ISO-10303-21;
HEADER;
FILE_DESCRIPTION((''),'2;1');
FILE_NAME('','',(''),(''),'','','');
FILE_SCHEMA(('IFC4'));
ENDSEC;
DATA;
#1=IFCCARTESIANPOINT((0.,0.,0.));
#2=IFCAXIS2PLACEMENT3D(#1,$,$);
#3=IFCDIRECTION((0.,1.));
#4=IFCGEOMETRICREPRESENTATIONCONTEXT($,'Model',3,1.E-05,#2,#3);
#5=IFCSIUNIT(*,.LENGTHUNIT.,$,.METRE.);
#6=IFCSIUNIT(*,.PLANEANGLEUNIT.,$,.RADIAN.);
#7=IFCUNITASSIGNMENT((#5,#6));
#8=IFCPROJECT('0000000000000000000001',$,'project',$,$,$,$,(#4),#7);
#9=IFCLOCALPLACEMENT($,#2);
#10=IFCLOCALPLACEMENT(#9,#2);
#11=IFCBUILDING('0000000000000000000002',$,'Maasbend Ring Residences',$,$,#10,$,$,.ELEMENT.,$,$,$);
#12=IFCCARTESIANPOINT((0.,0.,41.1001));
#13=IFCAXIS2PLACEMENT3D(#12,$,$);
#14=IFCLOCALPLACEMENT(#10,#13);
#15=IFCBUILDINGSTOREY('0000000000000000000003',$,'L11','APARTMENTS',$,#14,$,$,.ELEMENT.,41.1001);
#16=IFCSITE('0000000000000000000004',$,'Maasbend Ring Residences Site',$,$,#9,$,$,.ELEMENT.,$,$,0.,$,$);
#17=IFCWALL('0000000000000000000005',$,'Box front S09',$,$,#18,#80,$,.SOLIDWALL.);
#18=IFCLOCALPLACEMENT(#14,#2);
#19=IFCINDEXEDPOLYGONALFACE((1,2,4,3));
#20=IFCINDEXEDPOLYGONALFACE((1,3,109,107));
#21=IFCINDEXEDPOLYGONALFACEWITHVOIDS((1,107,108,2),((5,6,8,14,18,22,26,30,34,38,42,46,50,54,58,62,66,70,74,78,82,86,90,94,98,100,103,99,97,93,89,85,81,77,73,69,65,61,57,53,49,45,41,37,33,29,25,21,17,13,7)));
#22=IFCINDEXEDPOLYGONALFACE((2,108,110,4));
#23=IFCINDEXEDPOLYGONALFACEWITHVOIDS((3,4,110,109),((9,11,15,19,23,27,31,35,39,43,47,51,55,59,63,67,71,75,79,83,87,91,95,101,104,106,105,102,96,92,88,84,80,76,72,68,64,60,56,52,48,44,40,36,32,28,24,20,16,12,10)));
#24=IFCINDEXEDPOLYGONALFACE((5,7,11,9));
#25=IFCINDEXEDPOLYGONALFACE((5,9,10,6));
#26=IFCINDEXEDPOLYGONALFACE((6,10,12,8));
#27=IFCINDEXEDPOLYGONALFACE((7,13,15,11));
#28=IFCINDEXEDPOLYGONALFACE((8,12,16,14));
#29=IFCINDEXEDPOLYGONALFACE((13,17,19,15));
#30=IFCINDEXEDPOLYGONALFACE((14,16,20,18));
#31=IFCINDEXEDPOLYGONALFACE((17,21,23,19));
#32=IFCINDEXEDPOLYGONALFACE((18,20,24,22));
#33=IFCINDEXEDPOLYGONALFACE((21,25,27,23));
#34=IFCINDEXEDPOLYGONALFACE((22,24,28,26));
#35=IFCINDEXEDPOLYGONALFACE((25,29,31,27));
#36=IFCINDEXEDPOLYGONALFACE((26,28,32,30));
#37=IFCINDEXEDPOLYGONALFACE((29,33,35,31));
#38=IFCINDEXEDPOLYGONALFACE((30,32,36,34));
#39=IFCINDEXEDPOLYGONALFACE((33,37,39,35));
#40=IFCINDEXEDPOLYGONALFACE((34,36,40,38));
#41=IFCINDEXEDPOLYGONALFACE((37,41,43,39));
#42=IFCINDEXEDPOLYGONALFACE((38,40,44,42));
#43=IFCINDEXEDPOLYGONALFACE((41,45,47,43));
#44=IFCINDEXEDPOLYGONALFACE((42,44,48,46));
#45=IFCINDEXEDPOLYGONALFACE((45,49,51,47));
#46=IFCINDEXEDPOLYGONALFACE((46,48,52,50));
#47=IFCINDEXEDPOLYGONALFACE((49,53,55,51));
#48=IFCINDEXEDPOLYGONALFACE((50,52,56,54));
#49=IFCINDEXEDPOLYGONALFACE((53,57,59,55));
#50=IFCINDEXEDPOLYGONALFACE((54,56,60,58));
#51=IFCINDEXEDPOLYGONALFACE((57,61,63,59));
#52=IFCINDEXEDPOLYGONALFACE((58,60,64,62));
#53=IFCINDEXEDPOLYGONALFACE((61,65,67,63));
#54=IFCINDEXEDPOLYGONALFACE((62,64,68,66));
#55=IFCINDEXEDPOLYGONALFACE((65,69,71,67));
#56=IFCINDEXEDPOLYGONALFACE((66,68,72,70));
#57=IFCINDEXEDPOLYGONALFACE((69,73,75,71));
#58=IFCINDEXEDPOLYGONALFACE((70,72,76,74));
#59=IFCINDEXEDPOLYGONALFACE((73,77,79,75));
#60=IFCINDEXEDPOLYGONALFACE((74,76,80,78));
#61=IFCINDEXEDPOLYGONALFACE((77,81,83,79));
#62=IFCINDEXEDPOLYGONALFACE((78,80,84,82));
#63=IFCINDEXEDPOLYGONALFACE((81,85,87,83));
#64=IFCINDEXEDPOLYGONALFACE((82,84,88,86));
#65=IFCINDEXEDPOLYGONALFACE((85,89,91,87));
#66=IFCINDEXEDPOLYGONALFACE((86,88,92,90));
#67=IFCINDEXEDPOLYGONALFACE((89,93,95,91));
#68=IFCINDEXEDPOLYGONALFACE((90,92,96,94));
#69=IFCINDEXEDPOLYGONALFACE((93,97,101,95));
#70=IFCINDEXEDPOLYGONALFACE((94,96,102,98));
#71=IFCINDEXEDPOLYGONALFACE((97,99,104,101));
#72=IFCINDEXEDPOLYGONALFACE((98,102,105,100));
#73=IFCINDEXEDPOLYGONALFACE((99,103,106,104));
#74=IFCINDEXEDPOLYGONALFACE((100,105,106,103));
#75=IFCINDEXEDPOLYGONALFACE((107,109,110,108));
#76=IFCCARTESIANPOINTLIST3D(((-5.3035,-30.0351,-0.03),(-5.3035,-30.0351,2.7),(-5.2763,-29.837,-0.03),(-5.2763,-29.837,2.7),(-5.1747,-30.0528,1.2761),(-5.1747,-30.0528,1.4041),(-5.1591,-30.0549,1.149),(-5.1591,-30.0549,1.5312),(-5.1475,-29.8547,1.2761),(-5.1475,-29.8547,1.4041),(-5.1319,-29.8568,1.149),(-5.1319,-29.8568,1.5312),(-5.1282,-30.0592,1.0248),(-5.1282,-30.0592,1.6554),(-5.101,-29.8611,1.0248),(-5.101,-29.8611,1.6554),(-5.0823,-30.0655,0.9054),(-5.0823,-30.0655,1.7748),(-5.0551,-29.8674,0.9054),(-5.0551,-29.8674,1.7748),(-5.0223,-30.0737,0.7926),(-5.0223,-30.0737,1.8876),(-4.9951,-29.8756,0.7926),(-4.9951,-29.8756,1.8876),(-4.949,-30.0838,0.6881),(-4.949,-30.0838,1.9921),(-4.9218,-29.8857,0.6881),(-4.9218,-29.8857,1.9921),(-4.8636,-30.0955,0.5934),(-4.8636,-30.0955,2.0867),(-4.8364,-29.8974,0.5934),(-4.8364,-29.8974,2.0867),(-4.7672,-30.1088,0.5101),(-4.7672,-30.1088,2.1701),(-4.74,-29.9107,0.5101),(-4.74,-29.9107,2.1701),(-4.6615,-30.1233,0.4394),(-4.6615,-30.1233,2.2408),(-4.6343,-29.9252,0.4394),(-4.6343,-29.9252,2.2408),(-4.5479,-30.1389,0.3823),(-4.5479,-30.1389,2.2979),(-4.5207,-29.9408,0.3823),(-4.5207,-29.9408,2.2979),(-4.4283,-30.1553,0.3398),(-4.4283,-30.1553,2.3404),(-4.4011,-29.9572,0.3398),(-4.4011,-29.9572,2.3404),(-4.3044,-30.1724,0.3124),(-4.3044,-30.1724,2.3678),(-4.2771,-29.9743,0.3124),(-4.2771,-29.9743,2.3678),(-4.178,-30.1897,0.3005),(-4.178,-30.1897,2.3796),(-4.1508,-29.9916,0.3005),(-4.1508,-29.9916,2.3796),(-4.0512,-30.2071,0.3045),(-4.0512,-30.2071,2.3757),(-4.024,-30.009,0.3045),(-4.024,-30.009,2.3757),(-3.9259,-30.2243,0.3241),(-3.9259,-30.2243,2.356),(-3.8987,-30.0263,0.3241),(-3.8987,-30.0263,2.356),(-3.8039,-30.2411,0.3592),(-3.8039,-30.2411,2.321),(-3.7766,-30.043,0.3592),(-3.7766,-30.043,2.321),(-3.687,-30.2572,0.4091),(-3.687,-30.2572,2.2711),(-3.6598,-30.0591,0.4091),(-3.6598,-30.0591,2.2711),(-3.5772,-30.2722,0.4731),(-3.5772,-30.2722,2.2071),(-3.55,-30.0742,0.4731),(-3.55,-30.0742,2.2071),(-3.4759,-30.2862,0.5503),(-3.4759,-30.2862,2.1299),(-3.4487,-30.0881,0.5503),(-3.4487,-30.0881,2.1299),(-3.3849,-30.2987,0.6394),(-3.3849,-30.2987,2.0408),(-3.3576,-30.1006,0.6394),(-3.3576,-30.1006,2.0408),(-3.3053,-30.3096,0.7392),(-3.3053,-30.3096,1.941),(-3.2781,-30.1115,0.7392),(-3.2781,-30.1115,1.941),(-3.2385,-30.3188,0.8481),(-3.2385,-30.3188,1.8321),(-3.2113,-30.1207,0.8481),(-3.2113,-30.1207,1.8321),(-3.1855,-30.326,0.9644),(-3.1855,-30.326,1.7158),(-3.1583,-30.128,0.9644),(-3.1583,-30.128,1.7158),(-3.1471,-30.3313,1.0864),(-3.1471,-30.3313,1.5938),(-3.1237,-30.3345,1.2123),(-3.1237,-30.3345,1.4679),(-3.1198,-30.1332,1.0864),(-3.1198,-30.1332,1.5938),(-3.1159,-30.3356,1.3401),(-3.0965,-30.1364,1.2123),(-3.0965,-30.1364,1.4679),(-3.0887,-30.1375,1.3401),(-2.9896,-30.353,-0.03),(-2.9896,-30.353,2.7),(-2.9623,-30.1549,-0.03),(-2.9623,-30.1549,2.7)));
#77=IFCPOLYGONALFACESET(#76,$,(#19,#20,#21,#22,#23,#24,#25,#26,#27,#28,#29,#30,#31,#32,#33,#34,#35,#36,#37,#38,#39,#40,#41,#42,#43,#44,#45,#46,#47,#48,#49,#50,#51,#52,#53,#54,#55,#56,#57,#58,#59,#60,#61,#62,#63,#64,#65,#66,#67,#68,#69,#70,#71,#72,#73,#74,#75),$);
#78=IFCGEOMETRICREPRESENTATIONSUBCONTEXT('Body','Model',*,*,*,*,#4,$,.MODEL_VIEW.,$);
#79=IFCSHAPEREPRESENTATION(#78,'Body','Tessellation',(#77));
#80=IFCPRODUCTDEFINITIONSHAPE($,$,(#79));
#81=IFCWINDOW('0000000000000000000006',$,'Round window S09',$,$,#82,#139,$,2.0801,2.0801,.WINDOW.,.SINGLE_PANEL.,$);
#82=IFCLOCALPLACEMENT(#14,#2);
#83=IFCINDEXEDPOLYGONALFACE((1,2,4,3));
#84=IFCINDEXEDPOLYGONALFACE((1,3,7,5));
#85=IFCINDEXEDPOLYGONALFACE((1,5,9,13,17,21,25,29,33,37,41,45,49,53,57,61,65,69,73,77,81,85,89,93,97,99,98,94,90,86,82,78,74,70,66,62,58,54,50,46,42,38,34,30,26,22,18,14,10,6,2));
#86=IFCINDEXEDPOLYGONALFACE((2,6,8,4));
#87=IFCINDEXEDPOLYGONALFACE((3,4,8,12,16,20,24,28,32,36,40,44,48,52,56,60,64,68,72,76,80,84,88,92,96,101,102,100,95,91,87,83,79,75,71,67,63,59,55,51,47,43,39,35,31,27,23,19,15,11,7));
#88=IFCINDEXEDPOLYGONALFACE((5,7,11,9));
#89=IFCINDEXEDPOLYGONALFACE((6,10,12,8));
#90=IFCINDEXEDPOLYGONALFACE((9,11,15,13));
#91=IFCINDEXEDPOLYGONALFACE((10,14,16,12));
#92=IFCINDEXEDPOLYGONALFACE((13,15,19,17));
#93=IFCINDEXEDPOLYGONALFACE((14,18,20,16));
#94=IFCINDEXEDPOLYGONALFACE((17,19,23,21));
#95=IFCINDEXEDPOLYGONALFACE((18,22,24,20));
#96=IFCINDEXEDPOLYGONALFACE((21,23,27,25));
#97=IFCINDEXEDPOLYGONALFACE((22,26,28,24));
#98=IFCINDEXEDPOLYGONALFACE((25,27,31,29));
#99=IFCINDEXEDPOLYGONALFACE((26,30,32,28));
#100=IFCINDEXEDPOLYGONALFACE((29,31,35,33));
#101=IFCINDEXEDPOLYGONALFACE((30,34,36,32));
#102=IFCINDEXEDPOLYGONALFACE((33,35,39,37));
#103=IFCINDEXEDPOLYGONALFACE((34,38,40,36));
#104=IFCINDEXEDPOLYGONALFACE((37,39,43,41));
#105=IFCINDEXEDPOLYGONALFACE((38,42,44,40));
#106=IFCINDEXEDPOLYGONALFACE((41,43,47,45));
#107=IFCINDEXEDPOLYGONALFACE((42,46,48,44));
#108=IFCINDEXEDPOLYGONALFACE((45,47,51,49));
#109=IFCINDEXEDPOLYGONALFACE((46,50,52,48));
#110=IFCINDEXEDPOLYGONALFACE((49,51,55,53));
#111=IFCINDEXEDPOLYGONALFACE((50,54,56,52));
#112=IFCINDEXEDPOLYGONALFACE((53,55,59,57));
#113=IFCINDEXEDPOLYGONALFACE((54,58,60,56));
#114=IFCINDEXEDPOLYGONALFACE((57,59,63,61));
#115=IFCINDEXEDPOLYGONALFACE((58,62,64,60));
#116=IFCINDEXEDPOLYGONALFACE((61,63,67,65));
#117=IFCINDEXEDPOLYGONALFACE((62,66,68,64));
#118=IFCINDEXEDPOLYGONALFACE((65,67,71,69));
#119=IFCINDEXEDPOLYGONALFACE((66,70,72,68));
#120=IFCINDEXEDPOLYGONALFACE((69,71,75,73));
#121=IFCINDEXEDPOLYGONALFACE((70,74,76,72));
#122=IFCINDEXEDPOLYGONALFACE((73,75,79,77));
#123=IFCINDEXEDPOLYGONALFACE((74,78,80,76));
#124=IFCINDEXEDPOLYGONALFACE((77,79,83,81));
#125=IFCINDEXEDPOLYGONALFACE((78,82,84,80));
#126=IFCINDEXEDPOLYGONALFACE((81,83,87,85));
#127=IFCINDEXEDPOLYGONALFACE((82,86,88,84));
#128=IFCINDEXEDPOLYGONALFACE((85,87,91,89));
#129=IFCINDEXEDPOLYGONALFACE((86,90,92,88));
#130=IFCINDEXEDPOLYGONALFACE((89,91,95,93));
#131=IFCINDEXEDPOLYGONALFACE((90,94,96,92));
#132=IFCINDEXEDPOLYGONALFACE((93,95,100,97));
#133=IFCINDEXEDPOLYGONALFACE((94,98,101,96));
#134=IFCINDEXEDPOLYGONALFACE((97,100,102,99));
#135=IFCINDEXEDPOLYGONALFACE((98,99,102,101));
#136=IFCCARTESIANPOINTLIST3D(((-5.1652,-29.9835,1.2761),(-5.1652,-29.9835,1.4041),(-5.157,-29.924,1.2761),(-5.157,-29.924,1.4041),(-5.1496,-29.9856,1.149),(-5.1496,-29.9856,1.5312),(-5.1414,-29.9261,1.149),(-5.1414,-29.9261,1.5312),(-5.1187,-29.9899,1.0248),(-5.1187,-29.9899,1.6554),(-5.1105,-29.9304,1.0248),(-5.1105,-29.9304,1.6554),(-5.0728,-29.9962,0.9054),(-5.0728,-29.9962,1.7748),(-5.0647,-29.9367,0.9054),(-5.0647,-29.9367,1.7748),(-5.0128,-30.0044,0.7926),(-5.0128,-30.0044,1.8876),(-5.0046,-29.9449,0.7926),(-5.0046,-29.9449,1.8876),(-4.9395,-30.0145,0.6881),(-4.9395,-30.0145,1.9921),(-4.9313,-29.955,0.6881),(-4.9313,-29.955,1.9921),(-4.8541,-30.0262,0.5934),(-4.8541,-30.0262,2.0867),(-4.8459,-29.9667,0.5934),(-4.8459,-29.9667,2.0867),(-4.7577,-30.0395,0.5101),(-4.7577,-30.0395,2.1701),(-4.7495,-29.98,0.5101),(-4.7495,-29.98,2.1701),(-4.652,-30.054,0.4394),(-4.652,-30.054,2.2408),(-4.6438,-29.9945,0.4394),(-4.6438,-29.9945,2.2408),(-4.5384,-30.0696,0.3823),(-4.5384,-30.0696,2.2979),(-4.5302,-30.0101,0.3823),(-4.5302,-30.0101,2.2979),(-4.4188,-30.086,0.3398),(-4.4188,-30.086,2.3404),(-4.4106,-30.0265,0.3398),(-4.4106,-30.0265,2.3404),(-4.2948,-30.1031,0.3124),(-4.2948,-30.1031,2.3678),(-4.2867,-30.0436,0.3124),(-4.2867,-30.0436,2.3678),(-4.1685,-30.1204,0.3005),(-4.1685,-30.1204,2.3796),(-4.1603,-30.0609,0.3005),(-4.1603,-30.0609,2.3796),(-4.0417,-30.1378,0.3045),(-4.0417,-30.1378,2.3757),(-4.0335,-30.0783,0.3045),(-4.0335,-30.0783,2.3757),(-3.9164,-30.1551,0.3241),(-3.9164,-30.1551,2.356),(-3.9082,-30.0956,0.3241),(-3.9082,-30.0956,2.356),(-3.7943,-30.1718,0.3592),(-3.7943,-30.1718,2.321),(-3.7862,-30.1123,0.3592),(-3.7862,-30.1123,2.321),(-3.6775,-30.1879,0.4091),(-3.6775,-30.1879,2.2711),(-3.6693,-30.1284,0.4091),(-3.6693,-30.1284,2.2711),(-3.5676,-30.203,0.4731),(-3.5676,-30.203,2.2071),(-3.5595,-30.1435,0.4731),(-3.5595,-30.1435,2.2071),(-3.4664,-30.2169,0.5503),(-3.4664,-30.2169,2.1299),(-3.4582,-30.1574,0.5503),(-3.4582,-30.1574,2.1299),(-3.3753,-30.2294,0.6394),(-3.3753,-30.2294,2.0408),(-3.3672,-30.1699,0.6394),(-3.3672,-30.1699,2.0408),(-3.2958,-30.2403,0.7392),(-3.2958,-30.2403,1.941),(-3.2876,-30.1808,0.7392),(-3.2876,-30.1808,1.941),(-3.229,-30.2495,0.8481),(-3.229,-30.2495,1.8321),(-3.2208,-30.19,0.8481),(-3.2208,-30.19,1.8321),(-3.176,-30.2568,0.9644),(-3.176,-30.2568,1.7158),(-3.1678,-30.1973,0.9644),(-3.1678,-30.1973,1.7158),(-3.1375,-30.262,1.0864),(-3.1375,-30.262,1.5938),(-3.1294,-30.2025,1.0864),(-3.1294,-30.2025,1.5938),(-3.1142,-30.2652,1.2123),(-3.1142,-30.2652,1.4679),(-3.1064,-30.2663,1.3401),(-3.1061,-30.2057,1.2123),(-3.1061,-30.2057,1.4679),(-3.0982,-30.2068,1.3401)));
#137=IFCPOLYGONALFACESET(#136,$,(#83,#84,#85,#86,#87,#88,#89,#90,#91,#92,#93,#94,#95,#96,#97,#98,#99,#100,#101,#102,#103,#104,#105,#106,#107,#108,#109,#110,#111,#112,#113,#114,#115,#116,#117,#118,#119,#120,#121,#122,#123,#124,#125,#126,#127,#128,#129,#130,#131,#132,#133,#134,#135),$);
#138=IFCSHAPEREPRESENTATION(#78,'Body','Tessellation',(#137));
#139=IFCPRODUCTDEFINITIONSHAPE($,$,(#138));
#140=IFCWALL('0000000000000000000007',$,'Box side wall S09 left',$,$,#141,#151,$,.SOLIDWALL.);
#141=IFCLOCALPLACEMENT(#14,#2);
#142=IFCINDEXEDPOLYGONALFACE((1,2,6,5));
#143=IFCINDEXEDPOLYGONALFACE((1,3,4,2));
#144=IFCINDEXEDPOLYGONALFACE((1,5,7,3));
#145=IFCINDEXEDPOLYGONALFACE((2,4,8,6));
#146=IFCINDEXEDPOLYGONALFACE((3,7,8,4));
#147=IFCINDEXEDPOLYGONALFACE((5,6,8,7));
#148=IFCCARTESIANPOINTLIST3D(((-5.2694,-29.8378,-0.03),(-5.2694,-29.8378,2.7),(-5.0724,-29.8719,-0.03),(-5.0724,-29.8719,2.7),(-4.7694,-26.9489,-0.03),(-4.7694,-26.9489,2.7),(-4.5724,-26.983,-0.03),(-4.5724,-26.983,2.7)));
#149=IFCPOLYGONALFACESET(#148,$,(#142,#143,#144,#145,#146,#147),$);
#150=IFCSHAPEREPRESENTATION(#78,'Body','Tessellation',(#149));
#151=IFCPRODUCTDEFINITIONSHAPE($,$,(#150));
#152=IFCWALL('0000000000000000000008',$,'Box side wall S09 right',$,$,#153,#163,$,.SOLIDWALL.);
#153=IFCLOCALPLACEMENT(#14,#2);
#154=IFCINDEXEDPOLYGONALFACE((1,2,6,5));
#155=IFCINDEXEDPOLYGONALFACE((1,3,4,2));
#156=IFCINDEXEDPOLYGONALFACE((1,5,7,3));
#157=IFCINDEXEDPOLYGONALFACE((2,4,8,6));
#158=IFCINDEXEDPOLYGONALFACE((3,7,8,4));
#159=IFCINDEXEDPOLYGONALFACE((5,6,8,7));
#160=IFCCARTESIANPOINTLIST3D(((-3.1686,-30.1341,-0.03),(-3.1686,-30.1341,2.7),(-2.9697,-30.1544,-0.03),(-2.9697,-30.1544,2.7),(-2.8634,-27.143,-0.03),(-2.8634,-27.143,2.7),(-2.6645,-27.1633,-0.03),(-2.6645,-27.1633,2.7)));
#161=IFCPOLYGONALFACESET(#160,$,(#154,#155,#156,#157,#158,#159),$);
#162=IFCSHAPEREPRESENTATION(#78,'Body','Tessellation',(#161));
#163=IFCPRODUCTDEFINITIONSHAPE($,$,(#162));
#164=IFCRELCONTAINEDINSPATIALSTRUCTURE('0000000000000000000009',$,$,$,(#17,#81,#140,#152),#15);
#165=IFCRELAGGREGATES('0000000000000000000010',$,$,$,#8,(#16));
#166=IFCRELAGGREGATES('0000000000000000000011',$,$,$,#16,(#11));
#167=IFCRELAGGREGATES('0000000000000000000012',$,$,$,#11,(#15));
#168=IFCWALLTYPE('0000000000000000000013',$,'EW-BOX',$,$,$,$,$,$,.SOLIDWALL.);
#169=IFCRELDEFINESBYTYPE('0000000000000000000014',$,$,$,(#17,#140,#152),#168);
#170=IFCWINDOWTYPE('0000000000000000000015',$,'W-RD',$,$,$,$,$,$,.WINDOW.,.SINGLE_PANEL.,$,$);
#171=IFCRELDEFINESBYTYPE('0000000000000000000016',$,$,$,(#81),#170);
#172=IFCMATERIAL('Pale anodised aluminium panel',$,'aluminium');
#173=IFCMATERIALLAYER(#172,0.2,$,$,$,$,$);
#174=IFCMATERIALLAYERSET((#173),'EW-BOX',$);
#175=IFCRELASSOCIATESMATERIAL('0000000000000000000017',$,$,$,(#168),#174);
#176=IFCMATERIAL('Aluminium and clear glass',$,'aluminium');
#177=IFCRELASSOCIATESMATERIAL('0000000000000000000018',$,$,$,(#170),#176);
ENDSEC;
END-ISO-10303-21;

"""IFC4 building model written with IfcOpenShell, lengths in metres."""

from ifc_helpers import new_model, si_unit, direction, frame, frame_2d, origin, place, context, subcontext, project, spatial, rectangle, circle, extrude, material, layer, layer_set, type_object, element, fill, save


model = new_model("IFC4")

# Units and contexts
model_context = context("Model", 3, precision=1e-05, world=origin(), true_north=direction((0.0, 1.0)))
body_context = subcontext(model_context, "Body", "Model", "MODEL_VIEW")
ifc_project = project(units=[si_unit("LENGTHUNIT", "METRE"), si_unit("PLANEANGLEUNIT", "RADIAN")], contexts=[model_context])

# Site, building, storey
site_placement = place(None, origin())
site = spatial("IfcSite", under=ifc_project, at=site_placement, Name="Maasbend Ring Residences Site", CompositionType="ELEMENT", RefElevation=0.0)
building_placement = place(site_placement, origin())
building = spatial("IfcBuilding", under=site, at=building_placement, Name="Maasbend Ring Residences", CompositionType="ELEMENT")
storey_placement = place(building_placement, frame((0.0, 0.0, 41.1001)))
storey = spatial("IfcBuildingStorey", under=building, at=storey_placement, Name="L11", Description="APARTMENTS", CompositionType="ELEMENT", Elevation=41.1001)

# Shared definitions
ifc_material_1 = material(Name="Pale anodised aluminium panel", Category="aluminium")
ifc_layer_1 = layer(ifc_material_1, 0.2)
ifc_layer_set_1 = layer_set([ifc_layer_1], Name="EW-BOX")
wall_type_1 = type_object("IfcWallType", Name="EW-BOX", PredefinedType="SOLIDWALL", material=ifc_layer_set_1)

# Wall, opening, window
wall_1_placement = place(storey_placement, frame((-5.29, -29.936, -0.03), z_axis=(0.0, 0.0, 1.0), x_axis=(0.990696, -0.136093, 0.0)))
wall_1 = element("IfcWall", 1, at=wall_1_placement, inside=storey, type_object=wall_type_1, Name="Box front S09", PredefinedType="SOLIDWALL", context=body_context, shape_type="SweptSolid", body=[
    extrude(rectangle(XDim=2.3357, YDim=0.2, at=frame_2d((1.168, 0.0))), origin(), (0.0, 0.0, 1.0), 2.73),
])
opening_1_placement = place(wall_1_placement, frame((0.1282, 0.0, 0.3301)))
opening_1 = element("IfcOpeningElement", 2, at=opening_1_placement, cuts=wall_1, PredefinedType="OPENING", context=body_context, shape_type="SweptSolid", body=[
    extrude(circle(Radius=1.04, at=frame_2d((1.04, 1.04))), frame((0.0, 0.1099, 0.0), z_axis=(0.0, -1.0, 0.0), x_axis=(1.0, 0.0, 0.0)), (0.0, 0.0, 1.0), 0.22),
])
ifc_material_2 = material(Name="Aluminium and clear glass", Category="aluminium")
window_type_1 = type_object("IfcWindowType", Name="W-RD", PartitioningType="SINGLE_PANEL", PredefinedType="WINDOW", material=ifc_material_2)
window_1_placement = place(opening_1_placement, origin())
window_1 = element("IfcWindow", 3, at=window_1_placement, inside=storey, type_object=window_type_1, Name="Round window S09", OverallHeight=2.0801, OverallWidth=2.0801, PartitioningType="SINGLE_PANEL", PredefinedType="WINDOW", context=body_context, shape_type="SweptSolid", body=[
    extrude(circle(Radius=1.04, at=frame_2d((1.04, 1.04))), frame((0.0, 0.03, 0.0), z_axis=(0.0, -1.0, 0.0), x_axis=(1.0, 0.0, 0.0)), (0.0, 0.0, 1.0), 0.0601),
])
fill(opening_1, window_1)

# Walls
wall_2_placement = place(storey_placement, frame((-4.6709, -26.9661, -0.03), z_axis=(0.0, 0.0, 1.0), x_axis=(-0.17054, -0.985351, 0.0)))
element("IfcWall", 4, at=wall_2_placement, inside=storey, type_object=wall_type_1, Name="Box side wall S09 left", PredefinedType="SOLIDWALL", context=body_context, shape_type="SweptSolid", body=[
    extrude(rectangle(XDim=2.9319, YDim=0.2, at=frame_2d((1.4658, 0.0))), origin(), (0.0, 0.0, 1.0), 2.73),
])
wall_3_placement = place(storey_placement, frame((-2.7639, -27.1531, -0.03), z_axis=(0.0, 0.0, 1.0), x_axis=(-0.101505, -0.994835, 0.0)))
element("IfcWall", 5, at=wall_3_placement, inside=storey, type_object=wall_type_1, Name="Box side wall S09 right", PredefinedType="SOLIDWALL", context=body_context, shape_type="SweptSolid", body=[
    extrude(rectangle(XDim=3.0066, YDim=0.2, at=frame_2d((1.5034, 0.0))), origin(), (0.0, 0.0, 1.0), 2.73),
])

save(model, "model.ifc")
